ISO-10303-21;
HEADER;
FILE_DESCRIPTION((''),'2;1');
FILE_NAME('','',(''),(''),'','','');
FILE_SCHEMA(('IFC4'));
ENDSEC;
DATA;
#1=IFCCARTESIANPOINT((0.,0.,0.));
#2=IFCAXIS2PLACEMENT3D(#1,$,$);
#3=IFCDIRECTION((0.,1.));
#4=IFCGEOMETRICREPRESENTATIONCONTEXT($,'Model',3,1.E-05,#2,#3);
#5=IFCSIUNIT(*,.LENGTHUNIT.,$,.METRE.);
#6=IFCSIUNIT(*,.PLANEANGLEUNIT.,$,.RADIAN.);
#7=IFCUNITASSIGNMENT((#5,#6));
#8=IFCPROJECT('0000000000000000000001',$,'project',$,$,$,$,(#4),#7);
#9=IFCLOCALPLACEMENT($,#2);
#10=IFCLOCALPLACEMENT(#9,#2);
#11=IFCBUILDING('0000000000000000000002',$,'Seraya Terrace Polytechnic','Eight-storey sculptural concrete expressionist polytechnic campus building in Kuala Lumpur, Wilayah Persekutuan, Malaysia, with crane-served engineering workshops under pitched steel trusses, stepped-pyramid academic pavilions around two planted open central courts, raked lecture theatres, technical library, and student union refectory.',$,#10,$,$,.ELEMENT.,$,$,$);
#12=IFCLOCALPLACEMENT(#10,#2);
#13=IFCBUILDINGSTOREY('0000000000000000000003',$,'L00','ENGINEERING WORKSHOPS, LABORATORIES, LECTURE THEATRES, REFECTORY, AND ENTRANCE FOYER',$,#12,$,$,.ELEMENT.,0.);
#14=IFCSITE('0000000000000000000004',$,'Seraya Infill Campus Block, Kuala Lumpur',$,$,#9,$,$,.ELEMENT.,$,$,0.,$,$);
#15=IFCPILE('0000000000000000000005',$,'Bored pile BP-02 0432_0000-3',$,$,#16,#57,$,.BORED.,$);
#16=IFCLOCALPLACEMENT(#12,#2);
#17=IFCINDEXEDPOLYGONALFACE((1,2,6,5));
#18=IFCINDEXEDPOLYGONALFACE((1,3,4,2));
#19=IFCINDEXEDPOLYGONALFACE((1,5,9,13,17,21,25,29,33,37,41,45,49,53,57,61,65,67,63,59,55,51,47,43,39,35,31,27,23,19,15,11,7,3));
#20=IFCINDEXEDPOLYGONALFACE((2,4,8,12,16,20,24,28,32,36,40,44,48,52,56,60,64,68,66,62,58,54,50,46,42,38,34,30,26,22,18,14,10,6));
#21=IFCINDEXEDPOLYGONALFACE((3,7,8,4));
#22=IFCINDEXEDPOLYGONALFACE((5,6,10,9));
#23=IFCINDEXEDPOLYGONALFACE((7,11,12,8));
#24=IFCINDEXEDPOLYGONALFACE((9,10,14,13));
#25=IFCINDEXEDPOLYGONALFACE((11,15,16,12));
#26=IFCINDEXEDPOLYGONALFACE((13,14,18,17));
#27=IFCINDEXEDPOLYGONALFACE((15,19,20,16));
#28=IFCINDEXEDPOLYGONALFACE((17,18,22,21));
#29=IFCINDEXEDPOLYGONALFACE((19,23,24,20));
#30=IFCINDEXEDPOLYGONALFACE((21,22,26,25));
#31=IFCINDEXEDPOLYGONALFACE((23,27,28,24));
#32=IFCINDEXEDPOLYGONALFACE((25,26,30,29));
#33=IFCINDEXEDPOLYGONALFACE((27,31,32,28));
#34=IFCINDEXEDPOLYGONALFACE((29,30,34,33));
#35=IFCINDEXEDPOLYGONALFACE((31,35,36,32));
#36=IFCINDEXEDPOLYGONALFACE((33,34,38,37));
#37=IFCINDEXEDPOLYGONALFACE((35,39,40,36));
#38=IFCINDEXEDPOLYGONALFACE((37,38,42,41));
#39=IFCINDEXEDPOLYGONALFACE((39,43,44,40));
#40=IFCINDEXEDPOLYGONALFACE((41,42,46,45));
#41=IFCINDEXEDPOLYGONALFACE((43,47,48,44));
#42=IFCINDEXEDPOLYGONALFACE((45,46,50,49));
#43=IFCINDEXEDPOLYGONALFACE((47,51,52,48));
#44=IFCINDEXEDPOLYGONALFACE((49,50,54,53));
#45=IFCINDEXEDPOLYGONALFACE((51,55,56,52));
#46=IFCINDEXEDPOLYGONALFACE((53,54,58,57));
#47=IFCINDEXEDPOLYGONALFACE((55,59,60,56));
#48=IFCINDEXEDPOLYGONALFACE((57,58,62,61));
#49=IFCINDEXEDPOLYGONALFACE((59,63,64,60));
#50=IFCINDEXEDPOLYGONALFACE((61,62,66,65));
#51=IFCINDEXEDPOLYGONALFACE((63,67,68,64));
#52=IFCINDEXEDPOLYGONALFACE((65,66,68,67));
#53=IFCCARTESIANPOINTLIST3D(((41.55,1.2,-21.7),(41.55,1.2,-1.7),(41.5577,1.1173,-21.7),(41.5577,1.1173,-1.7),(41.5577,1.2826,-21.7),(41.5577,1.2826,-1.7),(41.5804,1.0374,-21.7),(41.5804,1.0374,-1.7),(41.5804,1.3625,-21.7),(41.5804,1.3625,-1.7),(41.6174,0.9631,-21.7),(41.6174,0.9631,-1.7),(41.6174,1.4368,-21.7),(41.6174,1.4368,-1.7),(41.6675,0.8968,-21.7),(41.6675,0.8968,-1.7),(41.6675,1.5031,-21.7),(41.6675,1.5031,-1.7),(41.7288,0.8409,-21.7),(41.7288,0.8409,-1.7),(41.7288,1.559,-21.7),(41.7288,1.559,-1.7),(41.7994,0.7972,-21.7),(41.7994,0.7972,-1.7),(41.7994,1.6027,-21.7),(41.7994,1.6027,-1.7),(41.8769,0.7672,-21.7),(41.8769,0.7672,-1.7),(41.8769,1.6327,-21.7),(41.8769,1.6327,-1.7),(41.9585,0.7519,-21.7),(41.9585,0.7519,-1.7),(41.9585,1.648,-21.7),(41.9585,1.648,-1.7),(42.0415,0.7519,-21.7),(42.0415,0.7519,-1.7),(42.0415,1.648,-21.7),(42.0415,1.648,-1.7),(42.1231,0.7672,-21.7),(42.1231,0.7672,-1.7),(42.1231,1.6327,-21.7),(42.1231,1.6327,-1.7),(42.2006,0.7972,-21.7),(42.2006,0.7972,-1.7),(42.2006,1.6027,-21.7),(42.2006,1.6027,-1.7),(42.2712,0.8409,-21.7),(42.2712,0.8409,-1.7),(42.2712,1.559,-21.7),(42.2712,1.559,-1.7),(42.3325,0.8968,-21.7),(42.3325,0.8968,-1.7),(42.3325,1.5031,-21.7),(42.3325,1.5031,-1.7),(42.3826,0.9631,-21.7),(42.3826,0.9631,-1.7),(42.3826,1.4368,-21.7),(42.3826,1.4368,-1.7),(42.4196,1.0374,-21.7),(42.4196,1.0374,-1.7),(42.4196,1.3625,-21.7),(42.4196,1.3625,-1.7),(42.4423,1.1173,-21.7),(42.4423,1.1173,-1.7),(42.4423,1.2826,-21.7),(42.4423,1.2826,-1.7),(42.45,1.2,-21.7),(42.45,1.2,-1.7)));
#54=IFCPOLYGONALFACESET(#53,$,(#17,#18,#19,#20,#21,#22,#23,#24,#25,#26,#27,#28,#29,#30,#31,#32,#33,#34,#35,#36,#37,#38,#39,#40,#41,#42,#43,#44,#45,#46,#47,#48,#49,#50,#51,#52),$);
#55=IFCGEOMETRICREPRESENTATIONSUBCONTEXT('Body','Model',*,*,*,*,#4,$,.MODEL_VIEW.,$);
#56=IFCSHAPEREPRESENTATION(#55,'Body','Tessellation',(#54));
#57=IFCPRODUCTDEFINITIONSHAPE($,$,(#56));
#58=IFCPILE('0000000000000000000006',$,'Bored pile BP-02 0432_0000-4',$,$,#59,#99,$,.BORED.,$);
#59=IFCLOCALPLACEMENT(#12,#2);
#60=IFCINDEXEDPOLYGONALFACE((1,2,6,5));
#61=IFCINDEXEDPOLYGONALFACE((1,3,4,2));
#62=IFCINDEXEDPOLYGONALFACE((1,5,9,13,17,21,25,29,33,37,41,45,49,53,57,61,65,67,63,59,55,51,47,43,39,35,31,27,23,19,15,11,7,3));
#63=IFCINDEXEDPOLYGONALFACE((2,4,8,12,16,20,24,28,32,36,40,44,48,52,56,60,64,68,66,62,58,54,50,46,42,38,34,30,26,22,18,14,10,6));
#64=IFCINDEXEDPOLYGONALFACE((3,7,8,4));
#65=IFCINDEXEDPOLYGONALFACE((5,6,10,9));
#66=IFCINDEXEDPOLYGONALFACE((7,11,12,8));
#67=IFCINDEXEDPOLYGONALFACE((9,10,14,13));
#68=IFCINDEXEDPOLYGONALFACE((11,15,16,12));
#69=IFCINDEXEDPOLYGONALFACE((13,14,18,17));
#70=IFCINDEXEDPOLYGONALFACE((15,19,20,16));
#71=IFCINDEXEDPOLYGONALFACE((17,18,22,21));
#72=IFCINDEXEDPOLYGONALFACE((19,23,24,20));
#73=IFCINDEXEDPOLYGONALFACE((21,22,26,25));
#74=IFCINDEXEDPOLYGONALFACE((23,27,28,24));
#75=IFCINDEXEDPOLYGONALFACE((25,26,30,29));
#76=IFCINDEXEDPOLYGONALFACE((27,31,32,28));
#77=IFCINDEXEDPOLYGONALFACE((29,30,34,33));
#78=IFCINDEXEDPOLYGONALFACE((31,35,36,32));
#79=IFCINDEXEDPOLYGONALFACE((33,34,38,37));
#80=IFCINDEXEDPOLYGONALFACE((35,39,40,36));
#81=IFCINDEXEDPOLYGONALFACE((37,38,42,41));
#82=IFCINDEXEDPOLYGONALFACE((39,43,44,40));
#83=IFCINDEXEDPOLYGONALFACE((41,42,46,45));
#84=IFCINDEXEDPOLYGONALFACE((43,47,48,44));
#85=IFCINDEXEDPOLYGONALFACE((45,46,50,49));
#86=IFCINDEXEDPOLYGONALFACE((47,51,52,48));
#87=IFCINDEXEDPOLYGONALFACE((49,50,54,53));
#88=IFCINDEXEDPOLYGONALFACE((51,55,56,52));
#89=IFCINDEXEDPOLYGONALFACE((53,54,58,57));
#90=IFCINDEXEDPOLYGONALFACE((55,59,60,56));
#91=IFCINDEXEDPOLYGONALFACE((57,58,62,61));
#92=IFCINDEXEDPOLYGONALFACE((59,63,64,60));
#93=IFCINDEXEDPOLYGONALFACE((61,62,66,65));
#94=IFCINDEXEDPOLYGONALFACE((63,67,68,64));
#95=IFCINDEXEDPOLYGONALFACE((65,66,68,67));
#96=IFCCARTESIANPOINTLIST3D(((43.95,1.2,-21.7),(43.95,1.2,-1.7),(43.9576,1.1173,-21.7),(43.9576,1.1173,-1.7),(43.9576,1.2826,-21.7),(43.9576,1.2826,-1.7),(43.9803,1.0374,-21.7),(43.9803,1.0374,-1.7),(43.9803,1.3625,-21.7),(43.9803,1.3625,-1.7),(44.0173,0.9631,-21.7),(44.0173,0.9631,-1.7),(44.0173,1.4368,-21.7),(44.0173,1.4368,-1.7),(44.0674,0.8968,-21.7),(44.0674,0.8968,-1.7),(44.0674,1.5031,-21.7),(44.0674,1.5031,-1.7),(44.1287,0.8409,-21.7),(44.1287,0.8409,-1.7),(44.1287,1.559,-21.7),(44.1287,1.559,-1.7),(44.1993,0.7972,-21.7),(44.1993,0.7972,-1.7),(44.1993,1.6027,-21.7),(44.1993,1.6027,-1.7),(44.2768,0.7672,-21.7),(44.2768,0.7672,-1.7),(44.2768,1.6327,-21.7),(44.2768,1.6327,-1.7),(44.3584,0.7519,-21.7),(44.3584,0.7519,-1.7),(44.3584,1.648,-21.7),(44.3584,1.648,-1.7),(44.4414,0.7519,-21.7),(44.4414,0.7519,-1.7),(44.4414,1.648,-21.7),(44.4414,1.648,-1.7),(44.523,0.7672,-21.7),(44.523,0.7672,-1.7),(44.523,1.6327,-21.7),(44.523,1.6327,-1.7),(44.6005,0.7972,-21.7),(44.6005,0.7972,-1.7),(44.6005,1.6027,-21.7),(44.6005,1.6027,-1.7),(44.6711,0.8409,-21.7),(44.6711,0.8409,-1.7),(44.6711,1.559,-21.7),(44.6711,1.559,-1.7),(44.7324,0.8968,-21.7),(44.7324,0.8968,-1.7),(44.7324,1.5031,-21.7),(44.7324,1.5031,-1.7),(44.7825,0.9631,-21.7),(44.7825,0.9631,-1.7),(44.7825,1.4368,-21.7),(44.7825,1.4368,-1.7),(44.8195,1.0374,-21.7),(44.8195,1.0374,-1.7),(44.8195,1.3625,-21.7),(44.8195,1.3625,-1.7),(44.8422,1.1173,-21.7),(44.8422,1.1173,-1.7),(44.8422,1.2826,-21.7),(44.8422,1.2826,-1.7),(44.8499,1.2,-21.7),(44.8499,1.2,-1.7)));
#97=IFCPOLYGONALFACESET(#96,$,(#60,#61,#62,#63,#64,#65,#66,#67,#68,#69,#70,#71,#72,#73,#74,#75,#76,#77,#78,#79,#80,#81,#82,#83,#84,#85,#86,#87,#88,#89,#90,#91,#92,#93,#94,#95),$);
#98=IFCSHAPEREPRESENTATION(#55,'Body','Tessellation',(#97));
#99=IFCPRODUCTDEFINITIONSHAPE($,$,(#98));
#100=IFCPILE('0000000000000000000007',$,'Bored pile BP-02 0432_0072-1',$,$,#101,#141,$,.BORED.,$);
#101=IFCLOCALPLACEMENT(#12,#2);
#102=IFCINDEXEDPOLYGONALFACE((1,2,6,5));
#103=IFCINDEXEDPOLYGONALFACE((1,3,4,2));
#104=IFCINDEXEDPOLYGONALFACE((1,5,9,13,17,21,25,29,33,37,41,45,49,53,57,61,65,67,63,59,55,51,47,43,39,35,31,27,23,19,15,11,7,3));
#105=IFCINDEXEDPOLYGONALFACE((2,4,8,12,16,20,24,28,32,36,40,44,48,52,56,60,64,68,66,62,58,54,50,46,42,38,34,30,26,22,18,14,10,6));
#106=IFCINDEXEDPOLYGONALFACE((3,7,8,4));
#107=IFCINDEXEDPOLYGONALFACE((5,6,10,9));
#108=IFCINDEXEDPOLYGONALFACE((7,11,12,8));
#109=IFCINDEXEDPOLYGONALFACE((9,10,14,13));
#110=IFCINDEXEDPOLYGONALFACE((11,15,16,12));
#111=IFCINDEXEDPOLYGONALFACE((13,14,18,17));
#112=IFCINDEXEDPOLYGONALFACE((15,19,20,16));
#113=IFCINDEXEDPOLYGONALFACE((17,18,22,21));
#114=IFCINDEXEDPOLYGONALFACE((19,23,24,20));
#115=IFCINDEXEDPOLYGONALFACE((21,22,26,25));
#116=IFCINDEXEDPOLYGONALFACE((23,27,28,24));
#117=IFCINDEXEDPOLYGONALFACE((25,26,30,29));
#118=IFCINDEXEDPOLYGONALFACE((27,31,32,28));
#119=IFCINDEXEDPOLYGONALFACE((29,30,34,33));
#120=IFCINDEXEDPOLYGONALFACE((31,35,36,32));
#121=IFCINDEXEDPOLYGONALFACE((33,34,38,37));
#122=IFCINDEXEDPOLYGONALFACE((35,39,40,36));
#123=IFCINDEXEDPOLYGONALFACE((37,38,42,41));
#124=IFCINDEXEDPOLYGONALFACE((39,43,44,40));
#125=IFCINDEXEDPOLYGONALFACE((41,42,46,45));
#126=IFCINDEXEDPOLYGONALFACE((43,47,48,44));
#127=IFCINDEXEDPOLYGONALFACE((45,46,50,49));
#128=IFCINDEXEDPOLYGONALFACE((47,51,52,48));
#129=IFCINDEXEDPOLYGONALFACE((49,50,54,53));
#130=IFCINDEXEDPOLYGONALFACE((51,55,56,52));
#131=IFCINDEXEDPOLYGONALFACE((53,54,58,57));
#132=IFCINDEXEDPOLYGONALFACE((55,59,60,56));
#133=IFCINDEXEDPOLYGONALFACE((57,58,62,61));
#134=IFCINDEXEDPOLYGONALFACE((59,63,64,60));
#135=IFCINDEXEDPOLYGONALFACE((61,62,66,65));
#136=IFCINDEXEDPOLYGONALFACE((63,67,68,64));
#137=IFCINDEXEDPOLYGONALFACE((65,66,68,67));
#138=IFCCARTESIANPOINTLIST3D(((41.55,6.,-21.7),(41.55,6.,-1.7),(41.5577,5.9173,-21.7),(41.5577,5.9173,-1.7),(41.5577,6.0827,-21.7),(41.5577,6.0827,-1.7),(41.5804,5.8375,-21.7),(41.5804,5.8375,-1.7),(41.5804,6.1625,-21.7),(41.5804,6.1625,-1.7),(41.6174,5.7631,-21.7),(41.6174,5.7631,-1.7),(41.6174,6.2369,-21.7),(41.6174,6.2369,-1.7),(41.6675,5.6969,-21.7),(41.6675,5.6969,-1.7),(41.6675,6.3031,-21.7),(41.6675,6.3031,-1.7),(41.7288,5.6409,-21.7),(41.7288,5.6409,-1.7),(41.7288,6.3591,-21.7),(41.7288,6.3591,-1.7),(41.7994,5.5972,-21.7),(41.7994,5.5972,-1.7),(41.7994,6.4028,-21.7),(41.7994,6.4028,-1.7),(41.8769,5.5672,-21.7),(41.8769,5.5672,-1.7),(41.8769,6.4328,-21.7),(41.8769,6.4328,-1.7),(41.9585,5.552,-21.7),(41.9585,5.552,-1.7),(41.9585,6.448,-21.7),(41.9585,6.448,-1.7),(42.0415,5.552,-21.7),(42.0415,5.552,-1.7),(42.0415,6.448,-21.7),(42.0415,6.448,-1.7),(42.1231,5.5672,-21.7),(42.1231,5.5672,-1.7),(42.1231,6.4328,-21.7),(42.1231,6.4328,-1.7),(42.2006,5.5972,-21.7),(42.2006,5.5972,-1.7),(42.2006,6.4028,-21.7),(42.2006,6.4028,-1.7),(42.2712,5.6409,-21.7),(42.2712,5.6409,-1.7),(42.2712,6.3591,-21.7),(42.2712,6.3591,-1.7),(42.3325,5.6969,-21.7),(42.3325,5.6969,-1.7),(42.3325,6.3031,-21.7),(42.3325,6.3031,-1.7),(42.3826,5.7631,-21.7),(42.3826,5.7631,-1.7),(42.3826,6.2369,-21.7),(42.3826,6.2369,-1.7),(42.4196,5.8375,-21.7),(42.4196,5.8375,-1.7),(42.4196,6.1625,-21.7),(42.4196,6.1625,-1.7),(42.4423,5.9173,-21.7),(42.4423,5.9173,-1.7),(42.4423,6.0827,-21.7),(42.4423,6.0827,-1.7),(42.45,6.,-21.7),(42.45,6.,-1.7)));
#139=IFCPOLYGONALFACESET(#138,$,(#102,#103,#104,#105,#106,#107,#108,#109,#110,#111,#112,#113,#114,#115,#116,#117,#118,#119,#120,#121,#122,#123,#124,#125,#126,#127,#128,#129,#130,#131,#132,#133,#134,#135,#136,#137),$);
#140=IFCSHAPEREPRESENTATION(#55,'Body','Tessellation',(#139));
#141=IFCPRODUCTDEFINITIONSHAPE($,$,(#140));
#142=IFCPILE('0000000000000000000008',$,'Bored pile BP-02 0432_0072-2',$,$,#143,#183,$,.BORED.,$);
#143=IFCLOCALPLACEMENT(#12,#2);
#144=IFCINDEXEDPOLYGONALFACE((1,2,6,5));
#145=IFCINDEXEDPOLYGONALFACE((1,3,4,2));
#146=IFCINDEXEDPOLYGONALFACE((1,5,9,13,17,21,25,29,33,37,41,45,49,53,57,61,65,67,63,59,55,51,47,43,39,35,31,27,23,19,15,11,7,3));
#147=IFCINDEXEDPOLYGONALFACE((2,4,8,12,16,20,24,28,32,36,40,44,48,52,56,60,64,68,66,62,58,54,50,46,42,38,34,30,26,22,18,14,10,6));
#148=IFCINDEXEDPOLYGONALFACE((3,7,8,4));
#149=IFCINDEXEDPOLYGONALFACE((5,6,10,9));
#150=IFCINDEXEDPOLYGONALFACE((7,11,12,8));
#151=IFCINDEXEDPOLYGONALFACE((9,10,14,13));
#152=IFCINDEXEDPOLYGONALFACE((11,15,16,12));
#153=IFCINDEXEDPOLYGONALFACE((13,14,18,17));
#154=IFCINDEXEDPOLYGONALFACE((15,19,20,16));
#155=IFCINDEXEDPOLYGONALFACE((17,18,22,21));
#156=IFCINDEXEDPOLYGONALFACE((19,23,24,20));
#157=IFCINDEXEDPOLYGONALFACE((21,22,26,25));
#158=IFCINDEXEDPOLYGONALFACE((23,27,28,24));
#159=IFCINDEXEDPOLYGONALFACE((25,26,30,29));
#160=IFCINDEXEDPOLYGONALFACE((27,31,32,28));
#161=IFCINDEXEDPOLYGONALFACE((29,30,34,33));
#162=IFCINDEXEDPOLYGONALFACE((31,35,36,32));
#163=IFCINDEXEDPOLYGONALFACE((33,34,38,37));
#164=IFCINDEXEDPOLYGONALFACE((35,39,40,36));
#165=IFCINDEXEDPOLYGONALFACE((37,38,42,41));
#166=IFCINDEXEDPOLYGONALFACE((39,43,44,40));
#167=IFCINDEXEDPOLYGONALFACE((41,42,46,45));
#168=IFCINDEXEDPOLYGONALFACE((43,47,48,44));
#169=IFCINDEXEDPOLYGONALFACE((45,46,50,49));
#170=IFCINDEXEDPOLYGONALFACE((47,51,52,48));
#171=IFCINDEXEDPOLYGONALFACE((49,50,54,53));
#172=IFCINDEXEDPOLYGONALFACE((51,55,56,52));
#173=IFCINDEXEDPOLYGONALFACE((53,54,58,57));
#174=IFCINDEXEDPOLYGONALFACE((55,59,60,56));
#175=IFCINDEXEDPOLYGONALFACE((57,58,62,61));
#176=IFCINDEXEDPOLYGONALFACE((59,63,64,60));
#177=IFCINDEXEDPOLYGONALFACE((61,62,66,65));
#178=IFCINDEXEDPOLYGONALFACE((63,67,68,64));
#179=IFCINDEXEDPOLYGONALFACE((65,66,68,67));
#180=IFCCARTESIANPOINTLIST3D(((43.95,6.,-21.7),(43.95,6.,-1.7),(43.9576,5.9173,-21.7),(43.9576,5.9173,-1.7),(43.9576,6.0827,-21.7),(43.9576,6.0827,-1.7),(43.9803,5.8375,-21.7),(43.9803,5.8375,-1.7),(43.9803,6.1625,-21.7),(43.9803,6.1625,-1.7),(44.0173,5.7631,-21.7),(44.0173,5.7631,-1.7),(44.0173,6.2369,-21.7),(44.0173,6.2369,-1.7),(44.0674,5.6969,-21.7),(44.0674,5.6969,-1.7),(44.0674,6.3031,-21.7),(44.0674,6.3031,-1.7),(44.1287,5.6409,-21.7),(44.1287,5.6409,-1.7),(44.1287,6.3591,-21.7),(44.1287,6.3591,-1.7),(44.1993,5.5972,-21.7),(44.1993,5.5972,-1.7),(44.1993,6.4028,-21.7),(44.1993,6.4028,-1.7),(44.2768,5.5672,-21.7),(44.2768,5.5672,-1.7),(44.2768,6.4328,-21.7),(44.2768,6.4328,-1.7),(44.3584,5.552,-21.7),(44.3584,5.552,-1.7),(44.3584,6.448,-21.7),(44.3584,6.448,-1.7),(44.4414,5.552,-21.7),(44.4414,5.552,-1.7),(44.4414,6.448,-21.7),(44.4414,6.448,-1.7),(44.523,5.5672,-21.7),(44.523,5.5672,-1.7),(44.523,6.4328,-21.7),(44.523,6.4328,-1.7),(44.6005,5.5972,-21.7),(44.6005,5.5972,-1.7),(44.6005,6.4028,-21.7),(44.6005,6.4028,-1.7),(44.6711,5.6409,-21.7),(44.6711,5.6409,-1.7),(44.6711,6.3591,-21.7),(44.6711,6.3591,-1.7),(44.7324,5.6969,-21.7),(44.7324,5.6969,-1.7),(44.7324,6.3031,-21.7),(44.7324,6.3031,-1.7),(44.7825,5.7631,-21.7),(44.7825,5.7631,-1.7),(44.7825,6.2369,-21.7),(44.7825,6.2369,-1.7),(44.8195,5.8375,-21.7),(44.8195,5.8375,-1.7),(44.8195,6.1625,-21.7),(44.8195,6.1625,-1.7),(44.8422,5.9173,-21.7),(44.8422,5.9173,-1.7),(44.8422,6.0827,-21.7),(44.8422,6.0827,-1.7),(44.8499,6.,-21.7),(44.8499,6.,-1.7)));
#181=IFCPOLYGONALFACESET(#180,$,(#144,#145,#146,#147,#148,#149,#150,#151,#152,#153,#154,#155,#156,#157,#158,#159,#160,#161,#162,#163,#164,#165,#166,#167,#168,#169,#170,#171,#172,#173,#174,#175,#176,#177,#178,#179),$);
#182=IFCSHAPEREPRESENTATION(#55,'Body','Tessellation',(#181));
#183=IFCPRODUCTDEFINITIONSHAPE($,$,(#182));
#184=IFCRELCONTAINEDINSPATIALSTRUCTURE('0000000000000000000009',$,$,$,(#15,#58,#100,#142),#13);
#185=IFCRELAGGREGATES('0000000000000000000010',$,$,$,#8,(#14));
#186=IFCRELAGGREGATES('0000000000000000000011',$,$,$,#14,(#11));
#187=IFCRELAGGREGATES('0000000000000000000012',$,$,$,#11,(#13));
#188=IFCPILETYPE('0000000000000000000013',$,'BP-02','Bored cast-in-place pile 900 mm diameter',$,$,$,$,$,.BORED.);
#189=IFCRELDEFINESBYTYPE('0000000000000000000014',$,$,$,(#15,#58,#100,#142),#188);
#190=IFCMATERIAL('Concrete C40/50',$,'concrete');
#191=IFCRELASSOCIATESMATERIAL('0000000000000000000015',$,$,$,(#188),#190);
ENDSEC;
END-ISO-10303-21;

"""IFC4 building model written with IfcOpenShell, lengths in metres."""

from ifc_helpers import new_model, si_unit, direction, frame, origin, origin_2d, place, context, subcontext, project, spatial, circle, extrude, material, material_profile, profile_set, type_object, element, save


model = new_model("IFC4")

# Units and contexts
model_context = context("Model", 3, precision=1e-05, world=origin(), true_north=direction((0.0, 1.0)))
body_context = subcontext(model_context, "Body", "Model", "MODEL_VIEW")
ifc_project = project(units=[si_unit("LENGTHUNIT", "METRE"), si_unit("PLANEANGLEUNIT", "RADIAN")], contexts=[model_context])

# Site, building, storey
site_placement = place(None, origin())
site = spatial("IfcSite", under=ifc_project, at=site_placement, Name="Seraya Infill Campus Block, Kuala Lumpur", CompositionType="ELEMENT", RefElevation=0.0)
building_placement = place(site_placement, origin())
building = spatial("IfcBuilding", under=site, at=building_placement, Name="Seraya Terrace Polytechnic", Description="Eight-storey sculptural concrete expressionist polytechnic campus building in Kuala Lumpur, Wilayah Persekutuan, Malaysia, with crane-served engineering workshops under pitched steel trusses, stepped-pyramid academic pavilions around two planted open central courts, raked lecture theatres, technical library, and student union refectory.", CompositionType="ELEMENT")
storey_placement = place(building_placement, origin())
storey = spatial("IfcBuildingStorey", under=building, at=storey_placement, Name="L00", Description="ENGINEERING WORKSHOPS, LABORATORIES, LECTURE THEATRES, REFECTORY, AND ENTRANCE FOYER", CompositionType="ELEMENT", Elevation=0.0)

# Piles
ifc_material_1 = material(Name="Concrete C40/50", Category="concrete")
ifc_material_profile_1 = material_profile(ifc_material_1, circle(Radius=0.45, at=origin_2d()), Name="DIA 900")
ifc_profile_set_1 = profile_set([ifc_material_profile_1], Name="Concrete C40/50")
pile_type_1 = type_object("IfcPileType", Name="BP-02", Description="Bored cast-in-place pile 900 mm diameter", PredefinedType="BORED", material=ifc_profile_set_1)
for number, where, z_axis, x_axis, name in (
    (1, (42.0, 1.2, -1.7), (0.0, 0.0, -1.0), (1.0, 0.0, 0.0), "Bored pile BP-02 0432_0000-3"),
    (2, (44.3999, 1.2, -1.7), (0.0, 0.0, -1.0), (1.0, 0.0, 0.0), "Bored pile BP-02 0432_0000-4"),
    (3, (42.0, 6.0, -1.7), (0.0, 0.0, -1.0), (1.0, 0.0, 0.0), "Bored pile BP-02 0432_0072-1"),
    (4, (44.3999, 6.0, -1.7), (0.0, 0.0, -1.0), (1.0, 0.0, 0.0), "Bored pile BP-02 0432_0072-2"),
):
    element("IfcPile", number, at=place(storey_placement, frame(where, z_axis=z_axis, x_axis=x_axis)), inside=storey, type_object=pile_type_1, Name=name, PredefinedType="BORED", context=body_context, shape_type="SweptSolid", body=[
        extrude(circle(Radius=0.45, at=origin_2d()), origin(), (0.0, 0.0, 1.0), 20.0),
    ])

save(model, "model.ifc")
